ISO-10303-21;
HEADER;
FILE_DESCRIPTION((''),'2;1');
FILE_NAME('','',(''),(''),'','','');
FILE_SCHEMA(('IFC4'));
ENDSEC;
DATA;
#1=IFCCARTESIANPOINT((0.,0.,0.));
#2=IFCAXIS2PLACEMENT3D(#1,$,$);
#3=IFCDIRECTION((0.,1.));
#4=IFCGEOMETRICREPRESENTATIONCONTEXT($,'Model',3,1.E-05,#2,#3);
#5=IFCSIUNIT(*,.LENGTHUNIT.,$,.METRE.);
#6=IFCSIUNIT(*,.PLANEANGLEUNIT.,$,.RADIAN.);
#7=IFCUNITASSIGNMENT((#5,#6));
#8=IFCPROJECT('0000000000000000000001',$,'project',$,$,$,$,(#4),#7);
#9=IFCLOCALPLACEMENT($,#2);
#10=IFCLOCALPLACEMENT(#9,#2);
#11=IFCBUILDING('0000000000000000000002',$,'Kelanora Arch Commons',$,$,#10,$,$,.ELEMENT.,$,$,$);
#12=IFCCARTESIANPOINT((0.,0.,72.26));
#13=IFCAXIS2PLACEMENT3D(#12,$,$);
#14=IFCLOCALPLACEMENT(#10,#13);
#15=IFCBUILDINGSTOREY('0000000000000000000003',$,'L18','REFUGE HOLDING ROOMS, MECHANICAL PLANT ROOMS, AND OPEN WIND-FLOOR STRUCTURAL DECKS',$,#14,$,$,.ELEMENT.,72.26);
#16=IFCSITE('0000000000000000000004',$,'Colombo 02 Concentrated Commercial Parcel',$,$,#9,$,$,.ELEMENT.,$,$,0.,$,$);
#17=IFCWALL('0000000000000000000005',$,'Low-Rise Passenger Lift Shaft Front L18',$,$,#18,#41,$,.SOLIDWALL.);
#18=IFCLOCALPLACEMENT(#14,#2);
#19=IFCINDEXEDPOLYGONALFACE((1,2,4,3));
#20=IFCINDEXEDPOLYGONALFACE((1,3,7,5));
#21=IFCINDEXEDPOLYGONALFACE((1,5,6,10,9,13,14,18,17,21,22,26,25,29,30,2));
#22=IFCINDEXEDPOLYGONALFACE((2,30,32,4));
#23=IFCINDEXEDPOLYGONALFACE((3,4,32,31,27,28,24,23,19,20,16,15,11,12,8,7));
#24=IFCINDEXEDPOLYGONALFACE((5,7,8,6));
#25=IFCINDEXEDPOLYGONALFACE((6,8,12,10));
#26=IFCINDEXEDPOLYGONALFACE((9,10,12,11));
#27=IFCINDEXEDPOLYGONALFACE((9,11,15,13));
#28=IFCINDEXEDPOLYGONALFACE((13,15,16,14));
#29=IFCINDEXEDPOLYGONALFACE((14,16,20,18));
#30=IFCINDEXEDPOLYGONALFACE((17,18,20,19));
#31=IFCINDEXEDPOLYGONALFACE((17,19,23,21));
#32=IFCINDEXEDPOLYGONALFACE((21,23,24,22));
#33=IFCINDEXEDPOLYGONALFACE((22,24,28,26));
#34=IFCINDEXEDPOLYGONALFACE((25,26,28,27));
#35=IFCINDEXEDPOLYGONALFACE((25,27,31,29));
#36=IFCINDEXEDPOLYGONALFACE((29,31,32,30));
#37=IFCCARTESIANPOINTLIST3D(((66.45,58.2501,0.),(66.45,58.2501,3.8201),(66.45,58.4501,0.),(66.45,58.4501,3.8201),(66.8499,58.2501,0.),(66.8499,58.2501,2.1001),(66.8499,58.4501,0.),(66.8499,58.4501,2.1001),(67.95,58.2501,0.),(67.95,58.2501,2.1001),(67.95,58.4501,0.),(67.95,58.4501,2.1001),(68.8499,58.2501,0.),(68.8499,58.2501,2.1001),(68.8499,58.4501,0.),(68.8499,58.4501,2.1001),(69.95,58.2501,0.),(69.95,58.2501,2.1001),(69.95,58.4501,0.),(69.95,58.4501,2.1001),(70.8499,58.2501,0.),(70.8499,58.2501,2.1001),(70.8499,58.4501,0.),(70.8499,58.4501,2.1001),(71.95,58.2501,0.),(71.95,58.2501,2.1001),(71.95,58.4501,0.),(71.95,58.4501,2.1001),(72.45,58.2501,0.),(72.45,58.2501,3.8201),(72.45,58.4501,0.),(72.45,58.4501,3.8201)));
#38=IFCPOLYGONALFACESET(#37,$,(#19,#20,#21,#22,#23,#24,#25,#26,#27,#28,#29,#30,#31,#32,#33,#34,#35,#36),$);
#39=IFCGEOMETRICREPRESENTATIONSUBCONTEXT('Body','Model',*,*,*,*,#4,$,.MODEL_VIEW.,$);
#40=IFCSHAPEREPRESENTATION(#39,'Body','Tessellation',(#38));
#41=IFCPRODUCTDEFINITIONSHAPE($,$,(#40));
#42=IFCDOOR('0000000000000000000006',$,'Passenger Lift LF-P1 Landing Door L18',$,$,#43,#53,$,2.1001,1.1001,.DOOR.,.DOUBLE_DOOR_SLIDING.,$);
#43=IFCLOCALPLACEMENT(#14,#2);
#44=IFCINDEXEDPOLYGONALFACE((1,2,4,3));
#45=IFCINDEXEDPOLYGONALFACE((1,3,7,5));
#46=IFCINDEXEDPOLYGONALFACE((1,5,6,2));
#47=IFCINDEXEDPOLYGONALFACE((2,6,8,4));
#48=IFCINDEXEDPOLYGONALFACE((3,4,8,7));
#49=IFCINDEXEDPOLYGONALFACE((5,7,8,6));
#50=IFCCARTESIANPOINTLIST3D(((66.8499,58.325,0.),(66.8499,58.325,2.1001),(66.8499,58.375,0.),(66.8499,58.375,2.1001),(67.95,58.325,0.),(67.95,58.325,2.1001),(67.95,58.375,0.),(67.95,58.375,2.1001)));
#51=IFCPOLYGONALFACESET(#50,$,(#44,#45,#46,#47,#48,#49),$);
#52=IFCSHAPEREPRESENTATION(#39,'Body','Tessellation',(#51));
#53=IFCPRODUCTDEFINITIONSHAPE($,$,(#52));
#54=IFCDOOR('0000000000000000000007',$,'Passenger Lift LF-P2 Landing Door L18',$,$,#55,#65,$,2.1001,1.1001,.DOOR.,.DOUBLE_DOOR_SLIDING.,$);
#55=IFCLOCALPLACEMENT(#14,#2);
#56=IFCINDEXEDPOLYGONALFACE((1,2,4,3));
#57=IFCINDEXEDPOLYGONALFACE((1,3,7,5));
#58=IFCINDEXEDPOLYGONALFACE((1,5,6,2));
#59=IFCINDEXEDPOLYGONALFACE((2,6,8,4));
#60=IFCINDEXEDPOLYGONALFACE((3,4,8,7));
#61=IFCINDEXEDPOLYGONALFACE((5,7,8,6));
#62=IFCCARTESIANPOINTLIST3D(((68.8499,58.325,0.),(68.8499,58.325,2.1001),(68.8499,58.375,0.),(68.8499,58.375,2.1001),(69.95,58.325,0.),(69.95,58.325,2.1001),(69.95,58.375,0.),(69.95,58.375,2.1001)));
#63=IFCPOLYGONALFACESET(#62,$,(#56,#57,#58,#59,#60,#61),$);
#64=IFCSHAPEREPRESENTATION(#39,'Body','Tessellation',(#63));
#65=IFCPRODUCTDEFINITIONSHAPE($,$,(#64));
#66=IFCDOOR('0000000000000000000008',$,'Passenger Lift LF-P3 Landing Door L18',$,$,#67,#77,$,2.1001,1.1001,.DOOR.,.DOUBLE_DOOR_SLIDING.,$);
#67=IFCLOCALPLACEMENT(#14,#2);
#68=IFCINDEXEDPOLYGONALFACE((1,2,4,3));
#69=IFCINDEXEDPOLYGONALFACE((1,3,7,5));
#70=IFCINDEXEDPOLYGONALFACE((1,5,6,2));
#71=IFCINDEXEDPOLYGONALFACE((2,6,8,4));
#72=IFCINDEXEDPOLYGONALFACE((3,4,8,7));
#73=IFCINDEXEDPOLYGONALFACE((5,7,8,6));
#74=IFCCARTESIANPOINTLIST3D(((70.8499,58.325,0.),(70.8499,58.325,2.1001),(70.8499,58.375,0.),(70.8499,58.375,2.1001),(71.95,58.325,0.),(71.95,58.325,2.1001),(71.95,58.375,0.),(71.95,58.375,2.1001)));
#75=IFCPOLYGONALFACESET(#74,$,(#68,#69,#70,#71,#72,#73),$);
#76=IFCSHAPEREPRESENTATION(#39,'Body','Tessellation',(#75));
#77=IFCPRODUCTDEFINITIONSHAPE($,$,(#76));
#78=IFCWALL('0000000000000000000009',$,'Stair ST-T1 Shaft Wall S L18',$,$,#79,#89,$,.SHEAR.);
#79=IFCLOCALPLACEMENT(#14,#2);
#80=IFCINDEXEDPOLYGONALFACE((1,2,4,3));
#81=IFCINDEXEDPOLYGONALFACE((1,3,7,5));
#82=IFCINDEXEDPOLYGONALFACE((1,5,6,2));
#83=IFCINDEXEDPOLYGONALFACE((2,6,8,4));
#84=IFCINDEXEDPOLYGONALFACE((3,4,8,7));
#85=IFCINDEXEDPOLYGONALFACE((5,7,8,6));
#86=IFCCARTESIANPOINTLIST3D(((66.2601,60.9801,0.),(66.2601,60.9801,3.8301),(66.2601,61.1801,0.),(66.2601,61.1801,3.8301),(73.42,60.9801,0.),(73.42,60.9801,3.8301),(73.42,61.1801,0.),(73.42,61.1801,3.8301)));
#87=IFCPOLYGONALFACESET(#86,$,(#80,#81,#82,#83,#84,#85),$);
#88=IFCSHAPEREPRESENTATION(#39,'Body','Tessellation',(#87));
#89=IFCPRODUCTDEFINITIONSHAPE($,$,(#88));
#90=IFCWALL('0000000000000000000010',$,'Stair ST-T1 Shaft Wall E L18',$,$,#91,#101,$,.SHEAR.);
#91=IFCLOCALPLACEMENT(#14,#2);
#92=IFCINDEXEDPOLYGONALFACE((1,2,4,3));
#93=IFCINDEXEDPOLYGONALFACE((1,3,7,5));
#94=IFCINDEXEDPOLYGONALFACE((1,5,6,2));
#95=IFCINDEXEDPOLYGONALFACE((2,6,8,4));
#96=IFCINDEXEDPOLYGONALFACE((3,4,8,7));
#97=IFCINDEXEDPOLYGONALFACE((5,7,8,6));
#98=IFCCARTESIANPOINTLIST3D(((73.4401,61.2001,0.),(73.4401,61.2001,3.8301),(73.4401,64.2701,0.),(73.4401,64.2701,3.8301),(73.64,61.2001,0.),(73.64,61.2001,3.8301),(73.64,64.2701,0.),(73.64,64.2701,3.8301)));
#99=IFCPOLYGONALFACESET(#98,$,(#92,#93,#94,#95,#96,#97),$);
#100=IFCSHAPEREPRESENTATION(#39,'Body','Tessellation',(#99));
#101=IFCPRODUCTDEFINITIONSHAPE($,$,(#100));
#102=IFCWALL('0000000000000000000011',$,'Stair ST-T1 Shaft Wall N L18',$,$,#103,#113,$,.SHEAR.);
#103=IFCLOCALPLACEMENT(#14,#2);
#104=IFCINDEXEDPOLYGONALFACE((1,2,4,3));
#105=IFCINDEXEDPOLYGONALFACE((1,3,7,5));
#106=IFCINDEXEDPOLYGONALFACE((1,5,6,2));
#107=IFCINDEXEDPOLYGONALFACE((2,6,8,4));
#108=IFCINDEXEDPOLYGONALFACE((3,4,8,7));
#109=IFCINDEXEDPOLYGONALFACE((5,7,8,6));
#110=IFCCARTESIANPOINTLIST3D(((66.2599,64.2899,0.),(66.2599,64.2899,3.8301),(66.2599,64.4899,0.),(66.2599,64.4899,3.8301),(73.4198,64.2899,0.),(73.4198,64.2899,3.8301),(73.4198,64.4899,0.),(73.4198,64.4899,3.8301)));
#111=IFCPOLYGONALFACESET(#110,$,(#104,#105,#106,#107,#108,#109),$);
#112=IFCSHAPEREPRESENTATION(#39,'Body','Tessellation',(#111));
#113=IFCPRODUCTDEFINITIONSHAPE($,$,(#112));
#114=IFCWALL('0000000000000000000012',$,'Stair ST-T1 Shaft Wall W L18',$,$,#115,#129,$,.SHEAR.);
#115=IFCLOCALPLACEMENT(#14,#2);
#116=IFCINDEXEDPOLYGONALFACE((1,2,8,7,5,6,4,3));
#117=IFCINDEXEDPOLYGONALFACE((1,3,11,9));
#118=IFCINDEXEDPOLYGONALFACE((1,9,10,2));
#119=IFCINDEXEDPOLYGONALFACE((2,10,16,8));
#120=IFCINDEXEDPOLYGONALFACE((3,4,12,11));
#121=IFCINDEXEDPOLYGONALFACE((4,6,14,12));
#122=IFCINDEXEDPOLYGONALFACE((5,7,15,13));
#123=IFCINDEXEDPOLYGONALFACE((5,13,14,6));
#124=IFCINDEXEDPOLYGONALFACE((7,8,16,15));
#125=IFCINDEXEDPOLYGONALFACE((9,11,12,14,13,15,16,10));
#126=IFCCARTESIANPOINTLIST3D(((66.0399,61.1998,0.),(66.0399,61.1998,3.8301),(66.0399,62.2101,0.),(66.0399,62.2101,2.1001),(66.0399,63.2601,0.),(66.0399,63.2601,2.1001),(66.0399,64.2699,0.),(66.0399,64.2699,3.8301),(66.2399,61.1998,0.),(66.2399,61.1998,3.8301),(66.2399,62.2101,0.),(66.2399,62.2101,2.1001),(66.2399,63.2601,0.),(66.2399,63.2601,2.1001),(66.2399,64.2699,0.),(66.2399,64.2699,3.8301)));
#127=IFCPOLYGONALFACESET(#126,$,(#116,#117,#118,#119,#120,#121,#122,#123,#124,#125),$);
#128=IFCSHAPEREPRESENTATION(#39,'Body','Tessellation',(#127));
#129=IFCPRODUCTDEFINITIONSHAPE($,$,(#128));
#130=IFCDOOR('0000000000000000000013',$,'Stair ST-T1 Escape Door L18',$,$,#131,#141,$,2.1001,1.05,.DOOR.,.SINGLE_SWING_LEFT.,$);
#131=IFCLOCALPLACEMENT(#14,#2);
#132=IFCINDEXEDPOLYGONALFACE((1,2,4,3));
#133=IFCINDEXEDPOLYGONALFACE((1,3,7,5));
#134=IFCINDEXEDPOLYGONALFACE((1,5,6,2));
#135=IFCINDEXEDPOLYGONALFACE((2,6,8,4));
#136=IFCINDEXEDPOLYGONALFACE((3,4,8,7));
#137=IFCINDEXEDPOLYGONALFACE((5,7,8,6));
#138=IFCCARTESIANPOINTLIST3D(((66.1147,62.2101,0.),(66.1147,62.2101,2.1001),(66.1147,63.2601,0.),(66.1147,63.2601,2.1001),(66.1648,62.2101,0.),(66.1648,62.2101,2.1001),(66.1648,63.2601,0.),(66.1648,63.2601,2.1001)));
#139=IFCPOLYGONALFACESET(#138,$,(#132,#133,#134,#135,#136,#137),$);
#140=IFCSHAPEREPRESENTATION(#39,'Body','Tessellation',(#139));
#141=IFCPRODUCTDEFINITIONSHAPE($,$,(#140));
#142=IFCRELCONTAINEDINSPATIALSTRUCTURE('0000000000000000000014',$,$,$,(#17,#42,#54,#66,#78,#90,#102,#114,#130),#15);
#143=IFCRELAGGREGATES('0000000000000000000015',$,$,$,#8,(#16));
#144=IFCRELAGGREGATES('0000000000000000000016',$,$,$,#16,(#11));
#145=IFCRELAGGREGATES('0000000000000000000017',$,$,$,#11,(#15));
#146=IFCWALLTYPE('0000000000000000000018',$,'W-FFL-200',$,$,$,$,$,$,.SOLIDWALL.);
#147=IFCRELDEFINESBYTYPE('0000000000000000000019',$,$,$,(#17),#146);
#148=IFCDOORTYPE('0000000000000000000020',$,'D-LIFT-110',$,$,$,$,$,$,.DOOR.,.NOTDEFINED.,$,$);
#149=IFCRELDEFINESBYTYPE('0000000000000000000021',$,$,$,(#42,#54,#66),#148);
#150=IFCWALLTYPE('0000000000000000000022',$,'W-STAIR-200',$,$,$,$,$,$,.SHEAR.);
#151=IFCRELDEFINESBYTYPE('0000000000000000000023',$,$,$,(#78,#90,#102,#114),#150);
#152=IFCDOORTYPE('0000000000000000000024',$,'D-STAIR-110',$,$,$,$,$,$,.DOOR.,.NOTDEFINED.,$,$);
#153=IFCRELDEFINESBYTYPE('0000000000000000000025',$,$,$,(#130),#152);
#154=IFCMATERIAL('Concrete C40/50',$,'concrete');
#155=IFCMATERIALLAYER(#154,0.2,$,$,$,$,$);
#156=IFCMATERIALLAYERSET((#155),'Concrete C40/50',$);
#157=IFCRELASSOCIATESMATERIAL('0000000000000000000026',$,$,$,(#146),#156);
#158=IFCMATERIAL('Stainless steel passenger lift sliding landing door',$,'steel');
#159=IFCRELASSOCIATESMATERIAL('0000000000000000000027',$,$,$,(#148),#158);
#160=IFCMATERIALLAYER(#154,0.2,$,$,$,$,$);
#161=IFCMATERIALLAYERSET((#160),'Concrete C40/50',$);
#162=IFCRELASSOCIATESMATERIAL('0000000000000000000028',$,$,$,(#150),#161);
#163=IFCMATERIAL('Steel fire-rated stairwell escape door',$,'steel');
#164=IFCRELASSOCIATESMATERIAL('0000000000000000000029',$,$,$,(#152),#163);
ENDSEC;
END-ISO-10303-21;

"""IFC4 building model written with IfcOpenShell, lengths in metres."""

from ifc_helpers import new_model, si_unit, direction, frame, frame_2d, origin, place, context, subcontext, project, spatial, rectangle, extrude, material, layer, layer_set, type_object, element, fill, save


model = new_model("IFC4")

# Units and contexts
model_context = context("Model", 3, precision=1e-05, world=origin(), true_north=direction((0.0, 1.0)))
body_context = subcontext(model_context, "Body", "Model", "MODEL_VIEW")
ifc_project = project(units=[si_unit("LENGTHUNIT", "METRE"), si_unit("PLANEANGLEUNIT", "RADIAN")], contexts=[model_context])

# Site, building, storey
site_placement = place(None, origin())
site = spatial("IfcSite", under=ifc_project, at=site_placement, Name="Colombo 02 Concentrated Commercial Parcel", CompositionType="ELEMENT", RefElevation=0.0)
building_placement = place(site_placement, origin())
building = spatial("IfcBuilding", under=site, at=building_placement, Name="Kelanora Arch Commons", CompositionType="ELEMENT")
storey_placement = place(building_placement, frame((0.0, 0.0, 72.26)))
storey = spatial("IfcBuildingStorey", under=building, at=storey_placement, Name="L18", Description="REFUGE HOLDING ROOMS, MECHANICAL PLANT ROOMS, AND OPEN WIND-FLOOR STRUCTURAL DECKS", CompositionType="ELEMENT", Elevation=72.26)

# Wall, openings, doors
ifc_material_1 = material(Name="Concrete C40/50", Category="concrete")
ifc_layer_1 = layer(ifc_material_1, 0.2)
ifc_layer_set_1 = layer_set([ifc_layer_1], Name="Concrete C40/50")
wall_type_1 = type_object("IfcWallType", Name="W-FFL-200", PredefinedType="SOLIDWALL", material=ifc_layer_set_1)
wall_1_placement = place(storey_placement, frame((66.45, 58.3501, 0.0), z_axis=(0.0, 0.0, 1.0), x_axis=(1.0, 0.0, 0.0)))
wall_1 = element("IfcWall", 1, at=wall_1_placement, inside=storey, type_object=wall_type_1, Name="Low-Rise Passenger Lift Shaft Front L18", PredefinedType="SOLIDWALL", context=body_context, shape_type="SweptSolid", body=[
    extrude(rectangle(XDim=6.0, YDim=0.2, at=frame_2d((3.0, 0.0))), origin(), (0.0, 0.0, 1.0), 3.8201),
])
opening_1_placement = place(wall_1_placement, frame((0.3999, 0.0, 0.0)))
opening_1 = element("IfcOpeningElement", 2, at=opening_1_placement, cuts=wall_1, PredefinedType="OPENING", context=body_context, shape_type="SweptSolid", body=[
    extrude(rectangle(XDim=1.1001, YDim=2.1001, at=frame_2d((0.55, 1.05))), frame((0.0, 0.1099, 0.0), z_axis=(0.0, -1.0, 0.0), x_axis=(1.0, 0.0, 0.0)), (0.0, 0.0, 1.0), 0.22),
])
opening_2_placement = place(wall_1_placement, frame((2.3999, 0.0, 0.0)))
opening_2 = element("IfcOpeningElement", 3, at=opening_2_placement, cuts=wall_1, PredefinedType="OPENING", context=body_context, shape_type="SweptSolid", body=[
    extrude(rectangle(XDim=1.1001, YDim=2.1001, at=frame_2d((0.55, 1.05))), frame((0.0, 0.1099, 0.0), z_axis=(0.0, -1.0, 0.0), x_axis=(1.0, 0.0, 0.0)), (0.0, 0.0, 1.0), 0.22),
])
opening_3_placement = place(wall_1_placement, frame((4.3999, 0.0, 0.0)))
opening_3 = element("IfcOpeningElement", 4, at=opening_3_placement, cuts=wall_1, PredefinedType="OPENING", context=body_context, shape_type="SweptSolid", body=[
    extrude(rectangle(XDim=1.1001, YDim=2.1001, at=frame_2d((0.55, 1.05))), frame((0.0, 0.1099, 0.0), z_axis=(0.0, -1.0, 0.0), x_axis=(1.0, 0.0, 0.0)), (0.0, 0.0, 1.0), 0.22),
])
ifc_material_2 = material(Name="Stainless steel passenger lift sliding landing door", Category="steel")
door_type_1 = type_object("IfcDoorType", Name="D-LIFT-110", OperationType="NOTDEFINED", PredefinedType="DOOR", material=ifc_material_2)
door_1_placement = place(opening_1_placement, origin())
door_1 = element("IfcDoor", 5, at=door_1_placement, inside=storey, type_object=door_type_1, Name="Passenger Lift LF-P1 Landing Door L18", OperationType="DOUBLE_DOOR_SLIDING", OverallHeight=2.1001, OverallWidth=1.1001, PredefinedType="DOOR", context=body_context, shape_type="SweptSolid", body=[
    extrude(rectangle(XDim=1.1001, YDim=2.1001, at=frame_2d((0.55, 1.05))), frame((0.0, 0.0249, 0.0), z_axis=(0.0, -1.0, 0.0), x_axis=(1.0, 0.0, 0.0)), (0.0, 0.0, 1.0), 0.05),
])
fill(opening_1, door_1)
door_2_placement = place(opening_2_placement, origin())
door_2 = element("IfcDoor", 6, at=door_2_placement, inside=storey, type_object=door_type_1, Name="Passenger Lift LF-P2 Landing Door L18", OperationType="DOUBLE_DOOR_SLIDING", OverallHeight=2.1001, OverallWidth=1.1001, PredefinedType="DOOR", context=body_context, shape_type="SweptSolid", body=[
    extrude(rectangle(XDim=1.1001, YDim=2.1001, at=frame_2d((0.55, 1.05))), frame((0.0, 0.0249, 0.0), z_axis=(0.0, -1.0, 0.0), x_axis=(1.0, 0.0, 0.0)), (0.0, 0.0, 1.0), 0.05),
])
fill(opening_2, door_2)
door_3_placement = place(opening_3_placement, origin())
door_3 = element("IfcDoor", 7, at=door_3_placement, inside=storey, type_object=door_type_1, Name="Passenger Lift LF-P3 Landing Door L18", OperationType="DOUBLE_DOOR_SLIDING", OverallHeight=2.1001, OverallWidth=1.1001, PredefinedType="DOOR", context=body_context, shape_type="SweptSolid", body=[
    extrude(rectangle(XDim=1.1001, YDim=2.1001, at=frame_2d((0.55, 1.05))), frame((0.0, 0.0249, 0.0), z_axis=(0.0, -1.0, 0.0), x_axis=(1.0, 0.0, 0.0)), (0.0, 0.0, 1.0), 0.05),
])
fill(opening_3, door_3)

# Walls
ifc_layer_2 = layer(ifc_material_1, 0.2)
ifc_layer_set_2 = layer_set([ifc_layer_2], Name="Concrete C40/50")
wall_type_2 = type_object("IfcWallType", Name="W-STAIR-200", PredefinedType="SHEAR", material=ifc_layer_set_2)
wall_2_placement = place(storey_placement, frame((66.26, 61.0801, 0.0), z_axis=(0.0, 0.0, 1.0), x_axis=(1.0, 0.0, 0.0)))
element("IfcWall", 8, at=wall_2_placement, inside=storey, type_object=wall_type_2, Name="Stair ST-T1 Shaft Wall S L18", PredefinedType="SHEAR", context=body_context, shape_type="SweptSolid", body=[
    extrude(rectangle(XDim=7.1599, YDim=0.2, at=frame_2d((3.5801, 0.0))), origin(), (0.0, 0.0, 1.0), 3.8301),
])
wall_3_placement = place(storey_placement, frame((73.54, 61.2, 0.0), z_axis=(0.0, 0.0, 1.0), x_axis=(0.0, 1.0, 0.0)))
element("IfcWall", 9, at=wall_3_placement, inside=storey, type_object=wall_type_2, Name="Stair ST-T1 Shaft Wall E L18", PredefinedType="SHEAR", context=body_context, shape_type="SweptSolid", body=[
    extrude(rectangle(XDim=3.0701, YDim=0.2, at=frame_2d((1.5352, 0.0))), origin(), (0.0, 0.0, 1.0), 3.8301),
])
wall_4_placement = place(storey_placement, frame((73.4199, 64.3899, 0.0), z_axis=(0.0, 0.0, 1.0), x_axis=(-1.0, 0.0, 0.0)))
element("IfcWall", 10, at=wall_4_placement, inside=storey, type_object=wall_type_2, Name="Stair ST-T1 Shaft Wall N L18", PredefinedType="SHEAR", context=body_context, shape_type="SweptSolid", body=[
    extrude(rectangle(XDim=7.1599, YDim=0.2, at=frame_2d((3.5801, 0.0))), origin(), (0.0, 0.0, 1.0), 3.8301),
])

# Wall, opening, door
wall_5_placement = place(storey_placement, frame((66.1399, 64.27, 0.0), z_axis=(0.0, 0.0, 1.0), x_axis=(0.0, -1.0, 0.0)))
wall_5 = element("IfcWall", 11, at=wall_5_placement, inside=storey, type_object=wall_type_2, Name="Stair ST-T1 Shaft Wall W L18", PredefinedType="SHEAR", context=body_context, shape_type="SweptSolid", body=[
    extrude(rectangle(XDim=3.0701, YDim=0.2, at=frame_2d((1.5352, 0.0))), origin(), (0.0, 0.0, 1.0), 3.8301),
])
opening_4_placement = place(wall_5_placement, frame((1.01, 0.0, 0.0)))
opening_4 = element("IfcOpeningElement", 12, at=opening_4_placement, cuts=wall_5, PredefinedType="OPENING", context=body_context, shape_type="SweptSolid", body=[
    extrude(rectangle(XDim=1.05, YDim=2.1001, at=frame_2d((0.5249, 1.05))), frame((0.0, 0.1099, 0.0), z_axis=(0.0, -1.0, 0.0), x_axis=(1.0, 0.0, 0.0)), (0.0, 0.0, 1.0), 0.22),
])
ifc_material_3 = material(Name="Steel fire-rated stairwell escape door", Category="steel")
door_type_2 = type_object("IfcDoorType", Name="D-STAIR-110", OperationType="NOTDEFINED", PredefinedType="DOOR", material=ifc_material_3)
door_4_placement = place(opening_4_placement, origin())
door_4 = element("IfcDoor", 13, at=door_4_placement, inside=storey, type_object=door_type_2, Name="Stair ST-T1 Escape Door L18", OperationType="SINGLE_SWING_LEFT", OverallHeight=2.1001, OverallWidth=1.05, PredefinedType="DOOR", context=body_context, shape_type="SweptSolid", body=[
    extrude(rectangle(XDim=1.05, YDim=2.1001, at=frame_2d((0.5249, 1.05))), frame((0.0, 0.0249, 0.0), z_axis=(0.0, -1.0, 0.0), x_axis=(1.0, 0.0, 0.0)), (0.0, 0.0, 1.0), 0.05),
])
fill(opening_4, door_4)

save(model, "model.ifc")
